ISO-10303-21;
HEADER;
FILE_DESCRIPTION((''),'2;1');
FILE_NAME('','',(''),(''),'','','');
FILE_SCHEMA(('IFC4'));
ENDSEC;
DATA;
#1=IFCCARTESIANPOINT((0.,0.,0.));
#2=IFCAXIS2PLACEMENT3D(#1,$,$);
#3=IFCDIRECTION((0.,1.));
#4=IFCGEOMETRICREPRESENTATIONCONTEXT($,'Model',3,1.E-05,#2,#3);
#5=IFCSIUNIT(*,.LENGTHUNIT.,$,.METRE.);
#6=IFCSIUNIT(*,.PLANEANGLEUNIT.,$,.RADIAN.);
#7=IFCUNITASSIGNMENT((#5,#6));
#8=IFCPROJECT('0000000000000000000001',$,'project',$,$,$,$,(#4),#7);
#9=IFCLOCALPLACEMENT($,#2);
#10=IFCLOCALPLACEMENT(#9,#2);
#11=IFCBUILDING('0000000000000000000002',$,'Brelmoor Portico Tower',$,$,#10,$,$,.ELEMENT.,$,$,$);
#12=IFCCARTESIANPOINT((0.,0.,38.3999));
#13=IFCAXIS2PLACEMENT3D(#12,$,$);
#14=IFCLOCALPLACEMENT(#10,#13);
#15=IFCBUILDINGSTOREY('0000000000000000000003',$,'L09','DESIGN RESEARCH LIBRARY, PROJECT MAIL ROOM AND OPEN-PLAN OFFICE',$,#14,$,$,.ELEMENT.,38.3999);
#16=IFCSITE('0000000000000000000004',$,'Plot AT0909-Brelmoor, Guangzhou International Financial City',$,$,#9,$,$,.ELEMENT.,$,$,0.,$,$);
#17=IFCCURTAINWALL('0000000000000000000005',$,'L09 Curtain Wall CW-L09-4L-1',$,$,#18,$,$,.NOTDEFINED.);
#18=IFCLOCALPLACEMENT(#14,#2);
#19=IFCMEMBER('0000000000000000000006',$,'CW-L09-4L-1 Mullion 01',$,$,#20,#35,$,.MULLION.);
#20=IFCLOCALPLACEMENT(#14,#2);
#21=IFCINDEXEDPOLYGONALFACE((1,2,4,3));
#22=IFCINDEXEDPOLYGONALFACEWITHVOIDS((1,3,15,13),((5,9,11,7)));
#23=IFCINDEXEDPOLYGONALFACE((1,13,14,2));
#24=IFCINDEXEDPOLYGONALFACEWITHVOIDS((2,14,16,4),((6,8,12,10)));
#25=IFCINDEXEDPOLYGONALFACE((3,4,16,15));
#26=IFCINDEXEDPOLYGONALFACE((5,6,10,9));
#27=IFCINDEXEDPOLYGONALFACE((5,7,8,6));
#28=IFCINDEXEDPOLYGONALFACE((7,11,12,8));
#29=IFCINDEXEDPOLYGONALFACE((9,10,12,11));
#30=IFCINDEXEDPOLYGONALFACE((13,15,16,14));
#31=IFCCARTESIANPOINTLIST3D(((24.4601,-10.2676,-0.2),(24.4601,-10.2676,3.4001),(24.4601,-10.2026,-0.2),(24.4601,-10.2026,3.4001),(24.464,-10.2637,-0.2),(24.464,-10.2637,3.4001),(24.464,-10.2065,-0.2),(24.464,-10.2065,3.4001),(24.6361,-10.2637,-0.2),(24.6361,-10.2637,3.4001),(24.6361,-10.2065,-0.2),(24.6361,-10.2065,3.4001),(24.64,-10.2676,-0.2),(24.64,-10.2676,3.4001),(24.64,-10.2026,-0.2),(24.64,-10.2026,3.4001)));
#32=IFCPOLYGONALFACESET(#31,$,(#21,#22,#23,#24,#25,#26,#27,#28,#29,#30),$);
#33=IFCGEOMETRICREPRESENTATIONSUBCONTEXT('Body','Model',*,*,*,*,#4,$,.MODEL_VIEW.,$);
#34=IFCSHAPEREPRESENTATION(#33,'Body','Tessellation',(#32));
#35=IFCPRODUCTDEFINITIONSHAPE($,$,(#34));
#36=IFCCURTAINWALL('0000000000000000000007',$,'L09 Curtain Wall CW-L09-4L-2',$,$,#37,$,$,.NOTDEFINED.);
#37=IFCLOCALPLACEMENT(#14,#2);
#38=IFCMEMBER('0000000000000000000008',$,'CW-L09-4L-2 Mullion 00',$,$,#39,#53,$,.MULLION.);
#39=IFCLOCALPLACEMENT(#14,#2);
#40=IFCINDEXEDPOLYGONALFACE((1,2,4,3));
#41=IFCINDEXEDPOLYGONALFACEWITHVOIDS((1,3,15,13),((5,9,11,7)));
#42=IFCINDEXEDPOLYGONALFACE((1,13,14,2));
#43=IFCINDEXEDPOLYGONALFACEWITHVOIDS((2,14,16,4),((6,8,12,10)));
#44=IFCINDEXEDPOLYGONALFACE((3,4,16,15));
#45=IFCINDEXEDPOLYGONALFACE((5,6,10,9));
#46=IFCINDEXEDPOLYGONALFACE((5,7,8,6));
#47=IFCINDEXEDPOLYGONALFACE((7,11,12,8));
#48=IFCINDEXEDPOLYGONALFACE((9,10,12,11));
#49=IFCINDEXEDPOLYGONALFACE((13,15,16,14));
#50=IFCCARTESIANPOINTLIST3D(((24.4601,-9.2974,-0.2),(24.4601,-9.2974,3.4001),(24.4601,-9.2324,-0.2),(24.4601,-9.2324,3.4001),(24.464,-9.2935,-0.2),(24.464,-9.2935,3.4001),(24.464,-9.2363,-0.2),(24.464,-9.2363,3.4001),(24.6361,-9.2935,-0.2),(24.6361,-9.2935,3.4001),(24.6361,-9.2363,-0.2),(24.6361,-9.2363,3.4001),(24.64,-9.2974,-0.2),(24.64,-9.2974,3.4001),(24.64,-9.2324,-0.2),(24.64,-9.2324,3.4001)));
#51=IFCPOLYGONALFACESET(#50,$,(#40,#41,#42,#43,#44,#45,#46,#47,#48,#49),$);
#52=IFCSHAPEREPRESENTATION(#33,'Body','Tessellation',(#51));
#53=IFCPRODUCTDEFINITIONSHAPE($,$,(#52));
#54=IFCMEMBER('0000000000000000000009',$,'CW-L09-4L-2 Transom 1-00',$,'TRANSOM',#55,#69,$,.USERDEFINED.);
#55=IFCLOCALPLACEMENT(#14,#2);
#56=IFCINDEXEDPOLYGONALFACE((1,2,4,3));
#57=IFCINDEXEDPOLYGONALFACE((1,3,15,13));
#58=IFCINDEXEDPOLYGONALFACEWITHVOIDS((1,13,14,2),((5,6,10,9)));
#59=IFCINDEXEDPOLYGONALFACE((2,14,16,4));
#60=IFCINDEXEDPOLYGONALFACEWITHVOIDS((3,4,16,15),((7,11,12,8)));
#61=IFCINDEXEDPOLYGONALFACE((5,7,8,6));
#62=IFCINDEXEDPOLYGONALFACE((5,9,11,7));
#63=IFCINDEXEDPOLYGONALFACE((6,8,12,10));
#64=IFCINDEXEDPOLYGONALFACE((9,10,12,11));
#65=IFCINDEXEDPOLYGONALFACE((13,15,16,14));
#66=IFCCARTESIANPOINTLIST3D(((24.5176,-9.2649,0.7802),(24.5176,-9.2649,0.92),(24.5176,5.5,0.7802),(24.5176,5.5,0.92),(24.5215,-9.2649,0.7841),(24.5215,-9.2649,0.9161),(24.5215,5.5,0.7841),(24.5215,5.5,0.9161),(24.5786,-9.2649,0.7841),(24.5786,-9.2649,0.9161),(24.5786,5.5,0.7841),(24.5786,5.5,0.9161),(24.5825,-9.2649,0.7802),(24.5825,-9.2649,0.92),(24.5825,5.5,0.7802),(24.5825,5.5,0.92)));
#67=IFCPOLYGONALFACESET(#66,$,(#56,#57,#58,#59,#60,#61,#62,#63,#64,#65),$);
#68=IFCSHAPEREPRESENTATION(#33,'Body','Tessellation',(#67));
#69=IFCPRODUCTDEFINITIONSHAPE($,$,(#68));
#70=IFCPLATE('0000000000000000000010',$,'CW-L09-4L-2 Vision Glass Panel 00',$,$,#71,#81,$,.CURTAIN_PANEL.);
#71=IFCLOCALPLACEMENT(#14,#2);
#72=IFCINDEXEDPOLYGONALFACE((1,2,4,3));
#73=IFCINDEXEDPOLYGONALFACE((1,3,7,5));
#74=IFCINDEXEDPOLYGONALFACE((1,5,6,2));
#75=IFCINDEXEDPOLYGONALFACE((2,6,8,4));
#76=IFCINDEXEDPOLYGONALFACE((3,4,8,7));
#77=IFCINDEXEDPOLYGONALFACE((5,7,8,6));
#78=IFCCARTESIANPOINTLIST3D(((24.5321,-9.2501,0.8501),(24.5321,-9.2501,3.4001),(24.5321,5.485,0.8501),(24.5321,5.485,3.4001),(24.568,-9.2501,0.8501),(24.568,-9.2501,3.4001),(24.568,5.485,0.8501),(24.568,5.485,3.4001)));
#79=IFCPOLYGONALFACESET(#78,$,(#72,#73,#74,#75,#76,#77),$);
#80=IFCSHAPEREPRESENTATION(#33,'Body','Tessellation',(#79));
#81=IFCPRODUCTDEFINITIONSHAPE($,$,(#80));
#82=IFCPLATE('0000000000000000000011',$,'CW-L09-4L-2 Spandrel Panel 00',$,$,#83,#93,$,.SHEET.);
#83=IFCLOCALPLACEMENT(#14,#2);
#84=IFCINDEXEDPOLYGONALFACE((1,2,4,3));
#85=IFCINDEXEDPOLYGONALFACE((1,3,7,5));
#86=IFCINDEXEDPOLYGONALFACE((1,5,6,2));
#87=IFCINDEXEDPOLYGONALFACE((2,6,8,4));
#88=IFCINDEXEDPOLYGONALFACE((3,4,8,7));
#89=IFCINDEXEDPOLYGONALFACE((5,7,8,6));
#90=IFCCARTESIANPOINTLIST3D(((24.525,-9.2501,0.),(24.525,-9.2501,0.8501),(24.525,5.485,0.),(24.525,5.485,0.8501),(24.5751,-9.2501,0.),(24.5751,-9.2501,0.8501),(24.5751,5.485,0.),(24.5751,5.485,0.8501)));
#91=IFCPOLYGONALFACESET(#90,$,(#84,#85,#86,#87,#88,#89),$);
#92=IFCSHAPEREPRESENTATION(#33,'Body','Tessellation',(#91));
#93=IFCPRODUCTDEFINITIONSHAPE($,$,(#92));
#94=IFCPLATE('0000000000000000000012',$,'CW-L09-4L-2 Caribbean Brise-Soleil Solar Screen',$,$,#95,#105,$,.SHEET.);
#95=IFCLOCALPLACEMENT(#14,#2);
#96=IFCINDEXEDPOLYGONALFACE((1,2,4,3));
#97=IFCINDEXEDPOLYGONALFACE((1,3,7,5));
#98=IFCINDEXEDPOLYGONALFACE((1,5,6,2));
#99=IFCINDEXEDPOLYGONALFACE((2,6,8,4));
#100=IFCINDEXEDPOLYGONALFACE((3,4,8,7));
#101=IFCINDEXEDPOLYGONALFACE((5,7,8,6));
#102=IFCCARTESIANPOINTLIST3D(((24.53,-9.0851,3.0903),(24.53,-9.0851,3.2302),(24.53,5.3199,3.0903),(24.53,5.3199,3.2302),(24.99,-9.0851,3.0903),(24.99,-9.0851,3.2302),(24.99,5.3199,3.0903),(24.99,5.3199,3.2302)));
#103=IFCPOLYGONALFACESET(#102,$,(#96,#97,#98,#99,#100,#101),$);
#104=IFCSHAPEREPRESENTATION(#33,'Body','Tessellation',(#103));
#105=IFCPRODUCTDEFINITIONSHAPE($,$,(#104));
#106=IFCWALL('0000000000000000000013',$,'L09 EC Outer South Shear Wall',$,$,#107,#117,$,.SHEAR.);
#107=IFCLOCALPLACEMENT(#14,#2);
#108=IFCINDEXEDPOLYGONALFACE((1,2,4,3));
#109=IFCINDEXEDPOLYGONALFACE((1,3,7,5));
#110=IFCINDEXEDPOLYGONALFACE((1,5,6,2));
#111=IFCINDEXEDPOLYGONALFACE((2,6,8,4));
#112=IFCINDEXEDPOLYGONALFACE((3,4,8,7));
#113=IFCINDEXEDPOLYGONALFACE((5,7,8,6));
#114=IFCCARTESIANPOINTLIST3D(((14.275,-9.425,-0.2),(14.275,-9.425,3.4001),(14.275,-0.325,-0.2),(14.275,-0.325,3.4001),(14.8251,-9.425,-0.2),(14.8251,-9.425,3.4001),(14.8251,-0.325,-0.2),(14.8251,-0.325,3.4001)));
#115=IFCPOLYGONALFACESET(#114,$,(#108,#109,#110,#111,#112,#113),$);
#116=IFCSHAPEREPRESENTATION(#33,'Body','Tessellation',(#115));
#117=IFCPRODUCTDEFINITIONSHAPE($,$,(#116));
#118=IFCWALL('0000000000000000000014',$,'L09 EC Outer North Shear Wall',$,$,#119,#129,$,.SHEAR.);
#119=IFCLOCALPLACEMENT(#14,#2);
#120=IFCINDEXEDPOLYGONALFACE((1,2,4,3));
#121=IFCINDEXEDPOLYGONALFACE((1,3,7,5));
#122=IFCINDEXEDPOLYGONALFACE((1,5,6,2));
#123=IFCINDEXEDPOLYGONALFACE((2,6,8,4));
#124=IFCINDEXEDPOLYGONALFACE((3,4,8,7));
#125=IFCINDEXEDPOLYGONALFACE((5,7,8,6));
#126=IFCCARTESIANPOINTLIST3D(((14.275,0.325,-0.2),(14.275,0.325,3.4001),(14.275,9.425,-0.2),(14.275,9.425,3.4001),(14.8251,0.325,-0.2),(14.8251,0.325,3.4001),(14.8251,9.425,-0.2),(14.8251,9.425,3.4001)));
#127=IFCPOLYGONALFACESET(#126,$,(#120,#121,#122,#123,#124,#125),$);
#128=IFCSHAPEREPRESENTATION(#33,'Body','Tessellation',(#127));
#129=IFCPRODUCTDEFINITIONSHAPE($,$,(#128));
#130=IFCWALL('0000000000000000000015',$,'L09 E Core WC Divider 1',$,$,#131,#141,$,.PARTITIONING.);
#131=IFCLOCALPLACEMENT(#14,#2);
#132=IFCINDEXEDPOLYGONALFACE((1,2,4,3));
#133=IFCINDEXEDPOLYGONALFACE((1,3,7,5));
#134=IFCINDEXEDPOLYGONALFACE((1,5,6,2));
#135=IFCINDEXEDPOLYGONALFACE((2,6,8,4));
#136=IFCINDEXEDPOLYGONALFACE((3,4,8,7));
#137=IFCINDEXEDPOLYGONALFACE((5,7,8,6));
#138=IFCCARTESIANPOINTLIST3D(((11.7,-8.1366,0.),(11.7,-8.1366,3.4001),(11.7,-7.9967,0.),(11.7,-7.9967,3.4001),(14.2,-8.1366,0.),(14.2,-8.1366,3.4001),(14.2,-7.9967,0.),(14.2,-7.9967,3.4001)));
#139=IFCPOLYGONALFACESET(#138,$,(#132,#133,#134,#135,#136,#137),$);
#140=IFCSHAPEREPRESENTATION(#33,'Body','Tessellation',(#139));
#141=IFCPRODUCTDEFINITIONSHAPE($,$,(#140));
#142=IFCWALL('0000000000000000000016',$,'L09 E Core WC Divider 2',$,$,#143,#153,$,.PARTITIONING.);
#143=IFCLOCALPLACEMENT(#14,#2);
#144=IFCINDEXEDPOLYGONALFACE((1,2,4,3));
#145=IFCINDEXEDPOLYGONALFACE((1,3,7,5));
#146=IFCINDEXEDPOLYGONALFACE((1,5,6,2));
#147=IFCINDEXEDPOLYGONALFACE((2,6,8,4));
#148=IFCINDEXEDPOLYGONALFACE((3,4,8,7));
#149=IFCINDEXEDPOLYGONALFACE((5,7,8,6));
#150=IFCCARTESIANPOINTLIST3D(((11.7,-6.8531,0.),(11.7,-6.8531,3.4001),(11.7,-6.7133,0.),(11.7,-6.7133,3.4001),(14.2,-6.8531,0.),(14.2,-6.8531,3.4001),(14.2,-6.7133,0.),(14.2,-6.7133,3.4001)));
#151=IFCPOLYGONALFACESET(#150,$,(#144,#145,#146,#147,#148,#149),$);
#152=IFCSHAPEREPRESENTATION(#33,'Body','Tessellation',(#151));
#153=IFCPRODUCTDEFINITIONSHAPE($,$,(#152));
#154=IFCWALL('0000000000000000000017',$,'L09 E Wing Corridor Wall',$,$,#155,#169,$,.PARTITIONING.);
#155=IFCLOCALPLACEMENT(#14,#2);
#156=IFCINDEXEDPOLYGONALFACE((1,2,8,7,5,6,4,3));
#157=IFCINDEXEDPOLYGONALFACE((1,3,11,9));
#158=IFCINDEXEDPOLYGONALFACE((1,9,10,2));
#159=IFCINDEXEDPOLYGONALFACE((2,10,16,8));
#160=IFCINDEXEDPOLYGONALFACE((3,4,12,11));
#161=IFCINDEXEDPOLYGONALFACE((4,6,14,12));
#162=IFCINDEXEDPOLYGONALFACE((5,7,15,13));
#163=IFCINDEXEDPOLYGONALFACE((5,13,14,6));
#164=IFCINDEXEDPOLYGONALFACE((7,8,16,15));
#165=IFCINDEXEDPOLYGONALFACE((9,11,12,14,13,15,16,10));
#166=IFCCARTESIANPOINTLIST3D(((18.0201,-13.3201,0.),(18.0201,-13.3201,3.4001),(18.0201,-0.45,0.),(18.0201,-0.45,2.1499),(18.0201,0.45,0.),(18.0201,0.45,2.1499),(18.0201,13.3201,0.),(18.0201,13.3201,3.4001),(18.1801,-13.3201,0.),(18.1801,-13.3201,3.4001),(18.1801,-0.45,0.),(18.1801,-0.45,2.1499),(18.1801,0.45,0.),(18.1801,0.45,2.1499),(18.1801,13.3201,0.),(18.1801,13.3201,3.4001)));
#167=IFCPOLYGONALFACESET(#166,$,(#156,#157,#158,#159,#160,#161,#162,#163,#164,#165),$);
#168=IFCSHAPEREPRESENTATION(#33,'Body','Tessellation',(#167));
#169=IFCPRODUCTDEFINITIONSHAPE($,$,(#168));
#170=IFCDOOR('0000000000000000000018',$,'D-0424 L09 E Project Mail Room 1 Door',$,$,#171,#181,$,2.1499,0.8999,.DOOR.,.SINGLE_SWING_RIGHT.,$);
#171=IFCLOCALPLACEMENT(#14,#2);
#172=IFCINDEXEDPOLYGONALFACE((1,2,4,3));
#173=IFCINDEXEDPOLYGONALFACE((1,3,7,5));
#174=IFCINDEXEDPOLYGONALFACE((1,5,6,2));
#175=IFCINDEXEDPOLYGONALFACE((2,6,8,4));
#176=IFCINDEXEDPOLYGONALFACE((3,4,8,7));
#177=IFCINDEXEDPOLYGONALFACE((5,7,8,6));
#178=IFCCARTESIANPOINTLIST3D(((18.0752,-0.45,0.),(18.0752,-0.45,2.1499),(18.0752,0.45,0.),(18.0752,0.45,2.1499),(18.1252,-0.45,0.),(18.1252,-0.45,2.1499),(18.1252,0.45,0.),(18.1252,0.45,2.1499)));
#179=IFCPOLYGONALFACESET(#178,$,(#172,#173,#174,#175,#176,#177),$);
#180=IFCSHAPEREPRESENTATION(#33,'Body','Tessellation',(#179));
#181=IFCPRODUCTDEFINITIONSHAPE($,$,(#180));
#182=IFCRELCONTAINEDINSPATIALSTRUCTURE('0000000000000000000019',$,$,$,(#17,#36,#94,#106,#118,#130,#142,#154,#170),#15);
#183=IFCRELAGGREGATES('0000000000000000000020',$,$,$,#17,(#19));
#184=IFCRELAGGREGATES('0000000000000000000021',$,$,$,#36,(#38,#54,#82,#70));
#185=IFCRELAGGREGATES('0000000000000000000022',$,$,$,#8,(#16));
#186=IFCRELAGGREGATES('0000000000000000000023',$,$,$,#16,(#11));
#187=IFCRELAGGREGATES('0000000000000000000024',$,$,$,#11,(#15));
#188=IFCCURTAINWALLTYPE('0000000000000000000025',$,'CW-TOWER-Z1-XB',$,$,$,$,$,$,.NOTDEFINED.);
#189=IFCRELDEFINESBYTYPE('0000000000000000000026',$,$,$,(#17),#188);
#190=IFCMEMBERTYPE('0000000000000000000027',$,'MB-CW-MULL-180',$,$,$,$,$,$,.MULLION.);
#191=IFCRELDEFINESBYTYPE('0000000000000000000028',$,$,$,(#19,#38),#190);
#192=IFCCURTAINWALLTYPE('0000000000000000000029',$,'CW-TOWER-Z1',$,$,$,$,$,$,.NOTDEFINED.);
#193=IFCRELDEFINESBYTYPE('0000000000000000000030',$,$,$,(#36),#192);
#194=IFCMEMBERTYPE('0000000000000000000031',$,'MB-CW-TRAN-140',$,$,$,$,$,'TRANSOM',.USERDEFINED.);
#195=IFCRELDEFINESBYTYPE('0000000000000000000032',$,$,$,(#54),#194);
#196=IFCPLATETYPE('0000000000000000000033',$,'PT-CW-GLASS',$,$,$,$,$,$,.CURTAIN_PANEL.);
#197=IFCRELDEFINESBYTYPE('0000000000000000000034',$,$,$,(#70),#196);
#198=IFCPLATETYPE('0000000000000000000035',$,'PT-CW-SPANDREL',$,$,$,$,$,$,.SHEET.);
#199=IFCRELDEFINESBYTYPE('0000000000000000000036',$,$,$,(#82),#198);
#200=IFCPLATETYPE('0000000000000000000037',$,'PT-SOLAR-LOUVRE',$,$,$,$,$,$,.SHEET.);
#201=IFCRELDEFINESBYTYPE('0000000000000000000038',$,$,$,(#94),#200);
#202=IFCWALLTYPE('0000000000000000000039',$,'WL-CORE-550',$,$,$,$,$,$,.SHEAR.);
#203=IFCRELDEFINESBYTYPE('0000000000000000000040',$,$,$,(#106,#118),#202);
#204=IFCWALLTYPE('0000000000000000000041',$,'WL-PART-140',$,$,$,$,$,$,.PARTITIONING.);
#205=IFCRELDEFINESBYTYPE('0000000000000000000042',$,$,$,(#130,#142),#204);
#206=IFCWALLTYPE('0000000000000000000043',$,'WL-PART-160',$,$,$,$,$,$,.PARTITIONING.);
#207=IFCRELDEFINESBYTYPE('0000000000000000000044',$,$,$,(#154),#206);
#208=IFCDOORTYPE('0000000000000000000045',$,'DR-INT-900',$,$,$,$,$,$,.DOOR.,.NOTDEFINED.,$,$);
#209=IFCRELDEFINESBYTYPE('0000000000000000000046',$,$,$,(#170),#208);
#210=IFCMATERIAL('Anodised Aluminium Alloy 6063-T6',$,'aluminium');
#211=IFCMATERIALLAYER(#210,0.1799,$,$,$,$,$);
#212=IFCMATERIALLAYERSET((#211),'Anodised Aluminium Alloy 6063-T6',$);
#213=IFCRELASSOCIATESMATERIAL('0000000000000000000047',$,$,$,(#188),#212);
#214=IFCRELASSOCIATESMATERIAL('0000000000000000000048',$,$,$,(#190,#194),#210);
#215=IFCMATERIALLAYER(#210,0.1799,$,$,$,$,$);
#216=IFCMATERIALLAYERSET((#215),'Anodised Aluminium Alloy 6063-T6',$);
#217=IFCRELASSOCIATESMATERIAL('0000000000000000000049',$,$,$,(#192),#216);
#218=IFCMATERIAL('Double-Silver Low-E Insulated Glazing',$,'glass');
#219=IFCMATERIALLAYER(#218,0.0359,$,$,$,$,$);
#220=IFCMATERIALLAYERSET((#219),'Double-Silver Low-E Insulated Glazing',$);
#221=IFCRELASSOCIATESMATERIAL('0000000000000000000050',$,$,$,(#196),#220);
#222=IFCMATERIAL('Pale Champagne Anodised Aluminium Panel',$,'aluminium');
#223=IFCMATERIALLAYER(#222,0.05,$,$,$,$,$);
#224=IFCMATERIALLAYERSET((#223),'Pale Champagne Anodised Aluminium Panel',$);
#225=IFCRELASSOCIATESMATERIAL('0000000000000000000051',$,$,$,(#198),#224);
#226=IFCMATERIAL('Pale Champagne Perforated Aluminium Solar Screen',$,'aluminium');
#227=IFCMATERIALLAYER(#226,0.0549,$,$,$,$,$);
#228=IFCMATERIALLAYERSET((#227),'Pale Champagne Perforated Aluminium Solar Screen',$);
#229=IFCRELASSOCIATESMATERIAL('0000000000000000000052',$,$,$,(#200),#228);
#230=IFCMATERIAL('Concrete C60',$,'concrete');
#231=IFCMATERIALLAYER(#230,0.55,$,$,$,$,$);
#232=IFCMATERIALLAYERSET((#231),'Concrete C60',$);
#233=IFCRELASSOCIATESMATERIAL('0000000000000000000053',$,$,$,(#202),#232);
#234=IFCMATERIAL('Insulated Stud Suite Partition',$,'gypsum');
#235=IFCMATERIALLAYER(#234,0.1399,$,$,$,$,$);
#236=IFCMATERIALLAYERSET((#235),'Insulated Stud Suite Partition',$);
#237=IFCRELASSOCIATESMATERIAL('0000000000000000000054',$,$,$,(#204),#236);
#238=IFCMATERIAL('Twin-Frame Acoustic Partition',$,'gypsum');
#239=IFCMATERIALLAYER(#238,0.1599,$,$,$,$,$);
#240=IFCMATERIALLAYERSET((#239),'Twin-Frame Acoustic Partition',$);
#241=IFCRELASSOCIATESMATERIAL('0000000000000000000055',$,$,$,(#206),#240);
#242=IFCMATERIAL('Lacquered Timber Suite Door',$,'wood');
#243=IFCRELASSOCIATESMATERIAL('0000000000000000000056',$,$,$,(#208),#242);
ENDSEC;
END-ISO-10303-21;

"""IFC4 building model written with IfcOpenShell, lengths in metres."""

from ifc_helpers import new_model, si_unit, direction, frame, frame_2d, origin, origin_2d, place, context, subcontext, project, spatial, rectangle, hollow_rectangle, extrude, material, layer, layer_set, material_profile, profile_set, type_object, element, fill, aggregate, save


model = new_model("IFC4")

# Units and contexts
model_context = context("Model", 3, precision=1e-05, world=origin(), true_north=direction((0.0, 1.0)))
body_context = subcontext(model_context, "Body", "Model", "MODEL_VIEW")
ifc_project = project(units=[si_unit("LENGTHUNIT", "METRE"), si_unit("PLANEANGLEUNIT", "RADIAN")], contexts=[model_context])

# Site, building, storey
site_placement = place(None, origin())
site = spatial("IfcSite", under=ifc_project, at=site_placement, Name="Plot AT0909-Brelmoor, Guangzhou International Financial City", CompositionType="ELEMENT", RefElevation=0.0)
building_placement = place(site_placement, origin())
building = spatial("IfcBuilding", under=site, at=building_placement, Name="Brelmoor Portico Tower", CompositionType="ELEMENT")
storey_placement = place(building_placement, frame((0.0, 0.0, 38.3999)))
storey = spatial("IfcBuildingStorey", under=building, at=storey_placement, Name="L09", Description="DESIGN RESEARCH LIBRARY, PROJECT MAIL ROOM AND OPEN-PLAN OFFICE", CompositionType="ELEMENT", Elevation=38.3999)

# Curtain wall, member
ifc_material_1 = material(Name="Anodised Aluminium Alloy 6063-T6", Category="aluminium")
ifc_layer_1 = layer(ifc_material_1, 0.1799)
ifc_layer_set_1 = layer_set([ifc_layer_1], Name="Anodised Aluminium Alloy 6063-T6")
curtain_wall_type_1 = type_object("IfcCurtainWallType", Name="CW-TOWER-Z1-XB", PredefinedType="NOTDEFINED", material=ifc_layer_set_1)
curtain_wall_1_placement = place(storey_placement, origin())
curtain_wall_1 = element("IfcCurtainWall", 1, at=curtain_wall_1_placement, inside=storey, type_object=curtain_wall_type_1, Name="L09 Curtain Wall CW-L09-4L-1", PredefinedType="NOTDEFINED")
ifc_material_profile_1 = material_profile(ifc_material_1, hollow_rectangle(XDim=0.0649, YDim=0.1799, WallThickness=0.0039, at=origin_2d()), Name="ALU MULLION 65x180")
ifc_profile_set_1 = profile_set([ifc_material_profile_1], Name="Anodised Aluminium Alloy 6063-T6")
member_type_1 = type_object("IfcMemberType", Name="MB-CW-MULL-180", PredefinedType="MULLION", material=ifc_profile_set_1)
member_1_placement = place(storey_placement, frame((24.55, -10.2351, -0.2), z_axis=(0.0, 0.0, 1.0), x_axis=(0.0, 1.0, 0.0)))
member_1 = element("IfcMember", 2, at=member_1_placement, type_object=member_type_1, Name="CW-L09-4L-1 Mullion 01", PredefinedType="MULLION", context=body_context, shape_type="SweptSolid", body=[
    extrude(hollow_rectangle(XDim=0.0649, YDim=0.1799, WallThickness=0.0039, at=origin_2d()), origin(), (0.0, 0.0, 1.0), 3.6001),
])
aggregate(curtain_wall_1, [member_1])

# Curtain wall, members, plates
ifc_layer_2 = layer(ifc_material_1, 0.1799)
ifc_layer_set_2 = layer_set([ifc_layer_2], Name="Anodised Aluminium Alloy 6063-T6")
curtain_wall_type_2 = type_object("IfcCurtainWallType", Name="CW-TOWER-Z1", PredefinedType="NOTDEFINED", material=ifc_layer_set_2)
curtain_wall_2_placement = place(storey_placement, origin())
curtain_wall_2 = element("IfcCurtainWall", 3, at=curtain_wall_2_placement, inside=storey, type_object=curtain_wall_type_2, Name="L09 Curtain Wall CW-L09-4L-2", PredefinedType="NOTDEFINED")
member_2_placement = place(storey_placement, frame((24.55, -9.2649, -0.2), z_axis=(0.0, 0.0, 1.0), x_axis=(0.0, 1.0, 0.0)))
member_2 = element("IfcMember", 4, at=member_2_placement, type_object=member_type_1, Name="CW-L09-4L-2 Mullion 00", PredefinedType="MULLION", context=body_context, shape_type="SweptSolid", body=[
    extrude(hollow_rectangle(XDim=0.0649, YDim=0.1799, WallThickness=0.0039, at=origin_2d()), origin(), (0.0, 0.0, 1.0), 3.6001),
])
ifc_material_profile_2 = material_profile(ifc_material_1, hollow_rectangle(XDim=0.0649, YDim=0.1399, WallThickness=0.0039, at=origin_2d()), Name="ALU TRANSOM 65x140")
ifc_profile_set_2 = profile_set([ifc_material_profile_2], Name="Anodised Aluminium Alloy 6063-T6")
member_type_2 = type_object("IfcMemberType", Name="MB-CW-TRAN-140", ElementType="TRANSOM", PredefinedType="USERDEFINED", material=ifc_profile_set_2)
member_3_placement = place(storey_placement, frame((24.55, -9.2649, 0.8501), z_axis=(0.0, 1.0, 0.0), x_axis=(-1.0, 0.0, 0.0)))
member_3 = element("IfcMember", 5, at=member_3_placement, type_object=member_type_2, Name="CW-L09-4L-2 Transom 1-00", ObjectType="TRANSOM", PredefinedType="USERDEFINED", context=body_context, shape_type="SweptSolid", body=[
    extrude(hollow_rectangle(XDim=0.0649, YDim=0.1399, WallThickness=0.0039, at=origin_2d()), origin(), (0.0, 0.0, 1.0), 14.7649),
])
ifc_material_2 = material(Name="Double-Silver Low-E Insulated Glazing", Category="glass")
ifc_layer_3 = layer(ifc_material_2, 0.0359)
ifc_layer_set_3 = layer_set([ifc_layer_3], Name="Double-Silver Low-E Insulated Glazing")
plate_type_1 = type_object("IfcPlateType", Name="PT-CW-GLASS", PredefinedType="CURTAIN_PANEL", material=ifc_layer_set_3)
plate_1_placement = place(storey_placement, frame((24.55, -1.8826, 0.8501), z_axis=(0.0, 0.0, 1.0), x_axis=(0.0, 1.0, 0.0)))
plate_1 = element("IfcPlate", 6, at=plate_1_placement, type_object=plate_type_1, Name="CW-L09-4L-2 Vision Glass Panel 00", PredefinedType="CURTAIN_PANEL", context=body_context, shape_type="SweptSolid", body=[
    extrude(rectangle(XDim=14.7351, YDim=0.0359, at=origin_2d()), origin(), (0.0, 0.0, 1.0), 2.55),
])
ifc_material_3 = material(Name="Pale Champagne Anodised Aluminium Panel", Category="aluminium")
ifc_layer_4 = layer(ifc_material_3, 0.05)
ifc_layer_set_4 = layer_set([ifc_layer_4], Name="Pale Champagne Anodised Aluminium Panel")
plate_type_2 = type_object("IfcPlateType", Name="PT-CW-SPANDREL", PredefinedType="SHEET", material=ifc_layer_set_4)
plate_2_placement = place(storey_placement, frame((24.55, -1.8826, 0.0), z_axis=(0.0, 0.0, 1.0), x_axis=(0.0, 1.0, 0.0)))
plate_2 = element("IfcPlate", 7, at=plate_2_placement, type_object=plate_type_2, Name="CW-L09-4L-2 Spandrel Panel 00", PredefinedType="SHEET", context=body_context, shape_type="SweptSolid", body=[
    extrude(rectangle(XDim=14.7351, YDim=0.05, at=origin_2d()), origin(), (0.0, 0.0, 1.0), 0.8501),
])
aggregate(curtain_wall_2, [member_2, member_3, plate_2, plate_1])

# Plate
ifc_material_4 = material(Name="Pale Champagne Perforated Aluminium Solar Screen", Category="aluminium")
ifc_layer_5 = layer(ifc_material_4, 0.0549)
ifc_layer_set_5 = layer_set([ifc_layer_5], Name="Pale Champagne Perforated Aluminium Solar Screen")
plate_type_3 = type_object("IfcPlateType", Name="PT-SOLAR-LOUVRE", PredefinedType="SHEET", material=ifc_layer_set_5)
plate_3_placement = place(storey_placement, frame((24.76, -1.8826, 3.0903), z_axis=(0.0, 0.0, 1.0), x_axis=(0.0, 1.0, 0.0)))
element("IfcPlate", 8, at=plate_3_placement, inside=storey, type_object=plate_type_3, Name="CW-L09-4L-2 Caribbean Brise-Soleil Solar Screen", PredefinedType="SHEET", context=body_context, shape_type="SweptSolid", body=[
    extrude(rectangle(XDim=14.405, YDim=0.46, at=origin_2d()), origin(), (0.0, 0.0, 1.0), 0.1399),
])

# Walls
ifc_material_5 = material(Name="Concrete C60", Category="concrete")
ifc_layer_6 = layer(ifc_material_5, 0.55)
ifc_layer_set_6 = layer_set([ifc_layer_6], Name="Concrete C60")
wall_type_1 = type_object("IfcWallType", Name="WL-CORE-550", PredefinedType="SHEAR", material=ifc_layer_set_6)
for number, where, z_axis, x_axis, name in (
    (9, (14.55, -9.425, -0.2), (0.0, 0.0, 1.0), (0.0, 1.0, 0.0), "L09 EC Outer South Shear Wall"),
    (10, (14.55, 0.325, -0.2), (0.0, 0.0, 1.0), (0.0, 1.0, 0.0), "L09 EC Outer North Shear Wall"),
):
    element("IfcWall", number, at=place(storey_placement, frame(where, z_axis=z_axis, x_axis=x_axis)), inside=storey, type_object=wall_type_1, Name=name, PredefinedType="SHEAR", context=body_context, shape_type="SweptSolid", body=[
        extrude(rectangle(XDim=9.1001, YDim=0.55, at=frame_2d((4.55, 0.0))), origin(), (0.0, 0.0, 1.0), 3.6001),
    ])
ifc_material_6 = material(Name="Insulated Stud Suite Partition", Category="gypsum")
ifc_layer_7 = layer(ifc_material_6, 0.1399)
ifc_layer_set_7 = layer_set([ifc_layer_7], Name="Insulated Stud Suite Partition")
wall_type_2 = type_object("IfcWallType", Name="WL-PART-140", PredefinedType="PARTITIONING", material=ifc_layer_set_7)
for number, where, z_axis, x_axis, name in (
    (11, (11.7, -8.0667, 0.0), (0.0, 0.0, 1.0), (1.0, 0.0, 0.0), "L09 E Core WC Divider 1"),
    (12, (11.7, -6.7832, 0.0), (0.0, 0.0, 1.0), (1.0, 0.0, 0.0), "L09 E Core WC Divider 2"),
):
    element("IfcWall", number, at=place(storey_placement, frame(where, z_axis=z_axis, x_axis=x_axis)), inside=storey, type_object=wall_type_2, Name=name, PredefinedType="PARTITIONING", context=body_context, shape_type="SweptSolid", body=[
        extrude(rectangle(XDim=2.5, YDim=0.1399, at=frame_2d((1.25, 0.0))), origin(), (0.0, 0.0, 1.0), 3.4001),
    ])

# Wall, opening, door
ifc_material_7 = material(Name="Twin-Frame Acoustic Partition", Category="gypsum")
ifc_layer_8 = layer(ifc_material_7, 0.1599)
ifc_layer_set_8 = layer_set([ifc_layer_8], Name="Twin-Frame Acoustic Partition")
wall_type_3 = type_object("IfcWallType", Name="WL-PART-160", PredefinedType="PARTITIONING", material=ifc_layer_set_8)
wall_1_placement = place(storey_placement, frame((18.1001, -13.3201, 0.0), z_axis=(0.0, 0.0, 1.0), x_axis=(0.0, 1.0, 0.0)))
wall_1 = element("IfcWall", 13, at=wall_1_placement, inside=storey, type_object=wall_type_3, Name="L09 E Wing Corridor Wall", PredefinedType="PARTITIONING", context=body_context, shape_type="SweptSolid", body=[
    extrude(rectangle(XDim=26.6401, YDim=0.1599, at=frame_2d((13.3201, 0.0))), origin(), (0.0, 0.0, 1.0), 3.4001),
])
opening_1_placement = place(wall_1_placement, frame((12.8701, 0.0, 0.0)))
opening_1 = element("IfcOpeningElement", 14, at=opening_1_placement, cuts=wall_1, PredefinedType="OPENING", context=body_context, shape_type="SweptSolid", body=[
    extrude(rectangle(XDim=0.8999, YDim=2.1499, at=frame_2d((0.45, 1.075))), frame((0.0, 0.0898, 0.0), z_axis=(0.0, -1.0, 0.0), x_axis=(1.0, 0.0, 0.0)), (0.0, 0.0, 1.0), 0.1799),
])
ifc_material_8 = material(Name="Lacquered Timber Suite Door", Category="wood")
door_type_1 = type_object("IfcDoorType", Name="DR-INT-900", OperationType="NOTDEFINED", PredefinedType="DOOR", material=ifc_material_8)
door_1_placement = place(opening_1_placement, origin())
door_1 = element("IfcDoor", 15, at=door_1_placement, inside=storey, type_object=door_type_1, Name="D-0424 L09 E Project Mail Room 1 Door", OperationType="SINGLE_SWING_RIGHT", OverallHeight=2.1499, OverallWidth=0.8999, PredefinedType="DOOR", context=body_context, shape_type="SweptSolid", body=[
    extrude(rectangle(XDim=0.8999, YDim=2.1499, at=frame_2d((0.45, 1.075))), frame((0.0, 0.0249, 0.0), z_axis=(0.0, -1.0, 0.0), x_axis=(1.0, 0.0, 0.0)), (0.0, 0.0, 1.0), 0.05),
])
fill(opening_1, door_1)

save(model, "model.ifc")
